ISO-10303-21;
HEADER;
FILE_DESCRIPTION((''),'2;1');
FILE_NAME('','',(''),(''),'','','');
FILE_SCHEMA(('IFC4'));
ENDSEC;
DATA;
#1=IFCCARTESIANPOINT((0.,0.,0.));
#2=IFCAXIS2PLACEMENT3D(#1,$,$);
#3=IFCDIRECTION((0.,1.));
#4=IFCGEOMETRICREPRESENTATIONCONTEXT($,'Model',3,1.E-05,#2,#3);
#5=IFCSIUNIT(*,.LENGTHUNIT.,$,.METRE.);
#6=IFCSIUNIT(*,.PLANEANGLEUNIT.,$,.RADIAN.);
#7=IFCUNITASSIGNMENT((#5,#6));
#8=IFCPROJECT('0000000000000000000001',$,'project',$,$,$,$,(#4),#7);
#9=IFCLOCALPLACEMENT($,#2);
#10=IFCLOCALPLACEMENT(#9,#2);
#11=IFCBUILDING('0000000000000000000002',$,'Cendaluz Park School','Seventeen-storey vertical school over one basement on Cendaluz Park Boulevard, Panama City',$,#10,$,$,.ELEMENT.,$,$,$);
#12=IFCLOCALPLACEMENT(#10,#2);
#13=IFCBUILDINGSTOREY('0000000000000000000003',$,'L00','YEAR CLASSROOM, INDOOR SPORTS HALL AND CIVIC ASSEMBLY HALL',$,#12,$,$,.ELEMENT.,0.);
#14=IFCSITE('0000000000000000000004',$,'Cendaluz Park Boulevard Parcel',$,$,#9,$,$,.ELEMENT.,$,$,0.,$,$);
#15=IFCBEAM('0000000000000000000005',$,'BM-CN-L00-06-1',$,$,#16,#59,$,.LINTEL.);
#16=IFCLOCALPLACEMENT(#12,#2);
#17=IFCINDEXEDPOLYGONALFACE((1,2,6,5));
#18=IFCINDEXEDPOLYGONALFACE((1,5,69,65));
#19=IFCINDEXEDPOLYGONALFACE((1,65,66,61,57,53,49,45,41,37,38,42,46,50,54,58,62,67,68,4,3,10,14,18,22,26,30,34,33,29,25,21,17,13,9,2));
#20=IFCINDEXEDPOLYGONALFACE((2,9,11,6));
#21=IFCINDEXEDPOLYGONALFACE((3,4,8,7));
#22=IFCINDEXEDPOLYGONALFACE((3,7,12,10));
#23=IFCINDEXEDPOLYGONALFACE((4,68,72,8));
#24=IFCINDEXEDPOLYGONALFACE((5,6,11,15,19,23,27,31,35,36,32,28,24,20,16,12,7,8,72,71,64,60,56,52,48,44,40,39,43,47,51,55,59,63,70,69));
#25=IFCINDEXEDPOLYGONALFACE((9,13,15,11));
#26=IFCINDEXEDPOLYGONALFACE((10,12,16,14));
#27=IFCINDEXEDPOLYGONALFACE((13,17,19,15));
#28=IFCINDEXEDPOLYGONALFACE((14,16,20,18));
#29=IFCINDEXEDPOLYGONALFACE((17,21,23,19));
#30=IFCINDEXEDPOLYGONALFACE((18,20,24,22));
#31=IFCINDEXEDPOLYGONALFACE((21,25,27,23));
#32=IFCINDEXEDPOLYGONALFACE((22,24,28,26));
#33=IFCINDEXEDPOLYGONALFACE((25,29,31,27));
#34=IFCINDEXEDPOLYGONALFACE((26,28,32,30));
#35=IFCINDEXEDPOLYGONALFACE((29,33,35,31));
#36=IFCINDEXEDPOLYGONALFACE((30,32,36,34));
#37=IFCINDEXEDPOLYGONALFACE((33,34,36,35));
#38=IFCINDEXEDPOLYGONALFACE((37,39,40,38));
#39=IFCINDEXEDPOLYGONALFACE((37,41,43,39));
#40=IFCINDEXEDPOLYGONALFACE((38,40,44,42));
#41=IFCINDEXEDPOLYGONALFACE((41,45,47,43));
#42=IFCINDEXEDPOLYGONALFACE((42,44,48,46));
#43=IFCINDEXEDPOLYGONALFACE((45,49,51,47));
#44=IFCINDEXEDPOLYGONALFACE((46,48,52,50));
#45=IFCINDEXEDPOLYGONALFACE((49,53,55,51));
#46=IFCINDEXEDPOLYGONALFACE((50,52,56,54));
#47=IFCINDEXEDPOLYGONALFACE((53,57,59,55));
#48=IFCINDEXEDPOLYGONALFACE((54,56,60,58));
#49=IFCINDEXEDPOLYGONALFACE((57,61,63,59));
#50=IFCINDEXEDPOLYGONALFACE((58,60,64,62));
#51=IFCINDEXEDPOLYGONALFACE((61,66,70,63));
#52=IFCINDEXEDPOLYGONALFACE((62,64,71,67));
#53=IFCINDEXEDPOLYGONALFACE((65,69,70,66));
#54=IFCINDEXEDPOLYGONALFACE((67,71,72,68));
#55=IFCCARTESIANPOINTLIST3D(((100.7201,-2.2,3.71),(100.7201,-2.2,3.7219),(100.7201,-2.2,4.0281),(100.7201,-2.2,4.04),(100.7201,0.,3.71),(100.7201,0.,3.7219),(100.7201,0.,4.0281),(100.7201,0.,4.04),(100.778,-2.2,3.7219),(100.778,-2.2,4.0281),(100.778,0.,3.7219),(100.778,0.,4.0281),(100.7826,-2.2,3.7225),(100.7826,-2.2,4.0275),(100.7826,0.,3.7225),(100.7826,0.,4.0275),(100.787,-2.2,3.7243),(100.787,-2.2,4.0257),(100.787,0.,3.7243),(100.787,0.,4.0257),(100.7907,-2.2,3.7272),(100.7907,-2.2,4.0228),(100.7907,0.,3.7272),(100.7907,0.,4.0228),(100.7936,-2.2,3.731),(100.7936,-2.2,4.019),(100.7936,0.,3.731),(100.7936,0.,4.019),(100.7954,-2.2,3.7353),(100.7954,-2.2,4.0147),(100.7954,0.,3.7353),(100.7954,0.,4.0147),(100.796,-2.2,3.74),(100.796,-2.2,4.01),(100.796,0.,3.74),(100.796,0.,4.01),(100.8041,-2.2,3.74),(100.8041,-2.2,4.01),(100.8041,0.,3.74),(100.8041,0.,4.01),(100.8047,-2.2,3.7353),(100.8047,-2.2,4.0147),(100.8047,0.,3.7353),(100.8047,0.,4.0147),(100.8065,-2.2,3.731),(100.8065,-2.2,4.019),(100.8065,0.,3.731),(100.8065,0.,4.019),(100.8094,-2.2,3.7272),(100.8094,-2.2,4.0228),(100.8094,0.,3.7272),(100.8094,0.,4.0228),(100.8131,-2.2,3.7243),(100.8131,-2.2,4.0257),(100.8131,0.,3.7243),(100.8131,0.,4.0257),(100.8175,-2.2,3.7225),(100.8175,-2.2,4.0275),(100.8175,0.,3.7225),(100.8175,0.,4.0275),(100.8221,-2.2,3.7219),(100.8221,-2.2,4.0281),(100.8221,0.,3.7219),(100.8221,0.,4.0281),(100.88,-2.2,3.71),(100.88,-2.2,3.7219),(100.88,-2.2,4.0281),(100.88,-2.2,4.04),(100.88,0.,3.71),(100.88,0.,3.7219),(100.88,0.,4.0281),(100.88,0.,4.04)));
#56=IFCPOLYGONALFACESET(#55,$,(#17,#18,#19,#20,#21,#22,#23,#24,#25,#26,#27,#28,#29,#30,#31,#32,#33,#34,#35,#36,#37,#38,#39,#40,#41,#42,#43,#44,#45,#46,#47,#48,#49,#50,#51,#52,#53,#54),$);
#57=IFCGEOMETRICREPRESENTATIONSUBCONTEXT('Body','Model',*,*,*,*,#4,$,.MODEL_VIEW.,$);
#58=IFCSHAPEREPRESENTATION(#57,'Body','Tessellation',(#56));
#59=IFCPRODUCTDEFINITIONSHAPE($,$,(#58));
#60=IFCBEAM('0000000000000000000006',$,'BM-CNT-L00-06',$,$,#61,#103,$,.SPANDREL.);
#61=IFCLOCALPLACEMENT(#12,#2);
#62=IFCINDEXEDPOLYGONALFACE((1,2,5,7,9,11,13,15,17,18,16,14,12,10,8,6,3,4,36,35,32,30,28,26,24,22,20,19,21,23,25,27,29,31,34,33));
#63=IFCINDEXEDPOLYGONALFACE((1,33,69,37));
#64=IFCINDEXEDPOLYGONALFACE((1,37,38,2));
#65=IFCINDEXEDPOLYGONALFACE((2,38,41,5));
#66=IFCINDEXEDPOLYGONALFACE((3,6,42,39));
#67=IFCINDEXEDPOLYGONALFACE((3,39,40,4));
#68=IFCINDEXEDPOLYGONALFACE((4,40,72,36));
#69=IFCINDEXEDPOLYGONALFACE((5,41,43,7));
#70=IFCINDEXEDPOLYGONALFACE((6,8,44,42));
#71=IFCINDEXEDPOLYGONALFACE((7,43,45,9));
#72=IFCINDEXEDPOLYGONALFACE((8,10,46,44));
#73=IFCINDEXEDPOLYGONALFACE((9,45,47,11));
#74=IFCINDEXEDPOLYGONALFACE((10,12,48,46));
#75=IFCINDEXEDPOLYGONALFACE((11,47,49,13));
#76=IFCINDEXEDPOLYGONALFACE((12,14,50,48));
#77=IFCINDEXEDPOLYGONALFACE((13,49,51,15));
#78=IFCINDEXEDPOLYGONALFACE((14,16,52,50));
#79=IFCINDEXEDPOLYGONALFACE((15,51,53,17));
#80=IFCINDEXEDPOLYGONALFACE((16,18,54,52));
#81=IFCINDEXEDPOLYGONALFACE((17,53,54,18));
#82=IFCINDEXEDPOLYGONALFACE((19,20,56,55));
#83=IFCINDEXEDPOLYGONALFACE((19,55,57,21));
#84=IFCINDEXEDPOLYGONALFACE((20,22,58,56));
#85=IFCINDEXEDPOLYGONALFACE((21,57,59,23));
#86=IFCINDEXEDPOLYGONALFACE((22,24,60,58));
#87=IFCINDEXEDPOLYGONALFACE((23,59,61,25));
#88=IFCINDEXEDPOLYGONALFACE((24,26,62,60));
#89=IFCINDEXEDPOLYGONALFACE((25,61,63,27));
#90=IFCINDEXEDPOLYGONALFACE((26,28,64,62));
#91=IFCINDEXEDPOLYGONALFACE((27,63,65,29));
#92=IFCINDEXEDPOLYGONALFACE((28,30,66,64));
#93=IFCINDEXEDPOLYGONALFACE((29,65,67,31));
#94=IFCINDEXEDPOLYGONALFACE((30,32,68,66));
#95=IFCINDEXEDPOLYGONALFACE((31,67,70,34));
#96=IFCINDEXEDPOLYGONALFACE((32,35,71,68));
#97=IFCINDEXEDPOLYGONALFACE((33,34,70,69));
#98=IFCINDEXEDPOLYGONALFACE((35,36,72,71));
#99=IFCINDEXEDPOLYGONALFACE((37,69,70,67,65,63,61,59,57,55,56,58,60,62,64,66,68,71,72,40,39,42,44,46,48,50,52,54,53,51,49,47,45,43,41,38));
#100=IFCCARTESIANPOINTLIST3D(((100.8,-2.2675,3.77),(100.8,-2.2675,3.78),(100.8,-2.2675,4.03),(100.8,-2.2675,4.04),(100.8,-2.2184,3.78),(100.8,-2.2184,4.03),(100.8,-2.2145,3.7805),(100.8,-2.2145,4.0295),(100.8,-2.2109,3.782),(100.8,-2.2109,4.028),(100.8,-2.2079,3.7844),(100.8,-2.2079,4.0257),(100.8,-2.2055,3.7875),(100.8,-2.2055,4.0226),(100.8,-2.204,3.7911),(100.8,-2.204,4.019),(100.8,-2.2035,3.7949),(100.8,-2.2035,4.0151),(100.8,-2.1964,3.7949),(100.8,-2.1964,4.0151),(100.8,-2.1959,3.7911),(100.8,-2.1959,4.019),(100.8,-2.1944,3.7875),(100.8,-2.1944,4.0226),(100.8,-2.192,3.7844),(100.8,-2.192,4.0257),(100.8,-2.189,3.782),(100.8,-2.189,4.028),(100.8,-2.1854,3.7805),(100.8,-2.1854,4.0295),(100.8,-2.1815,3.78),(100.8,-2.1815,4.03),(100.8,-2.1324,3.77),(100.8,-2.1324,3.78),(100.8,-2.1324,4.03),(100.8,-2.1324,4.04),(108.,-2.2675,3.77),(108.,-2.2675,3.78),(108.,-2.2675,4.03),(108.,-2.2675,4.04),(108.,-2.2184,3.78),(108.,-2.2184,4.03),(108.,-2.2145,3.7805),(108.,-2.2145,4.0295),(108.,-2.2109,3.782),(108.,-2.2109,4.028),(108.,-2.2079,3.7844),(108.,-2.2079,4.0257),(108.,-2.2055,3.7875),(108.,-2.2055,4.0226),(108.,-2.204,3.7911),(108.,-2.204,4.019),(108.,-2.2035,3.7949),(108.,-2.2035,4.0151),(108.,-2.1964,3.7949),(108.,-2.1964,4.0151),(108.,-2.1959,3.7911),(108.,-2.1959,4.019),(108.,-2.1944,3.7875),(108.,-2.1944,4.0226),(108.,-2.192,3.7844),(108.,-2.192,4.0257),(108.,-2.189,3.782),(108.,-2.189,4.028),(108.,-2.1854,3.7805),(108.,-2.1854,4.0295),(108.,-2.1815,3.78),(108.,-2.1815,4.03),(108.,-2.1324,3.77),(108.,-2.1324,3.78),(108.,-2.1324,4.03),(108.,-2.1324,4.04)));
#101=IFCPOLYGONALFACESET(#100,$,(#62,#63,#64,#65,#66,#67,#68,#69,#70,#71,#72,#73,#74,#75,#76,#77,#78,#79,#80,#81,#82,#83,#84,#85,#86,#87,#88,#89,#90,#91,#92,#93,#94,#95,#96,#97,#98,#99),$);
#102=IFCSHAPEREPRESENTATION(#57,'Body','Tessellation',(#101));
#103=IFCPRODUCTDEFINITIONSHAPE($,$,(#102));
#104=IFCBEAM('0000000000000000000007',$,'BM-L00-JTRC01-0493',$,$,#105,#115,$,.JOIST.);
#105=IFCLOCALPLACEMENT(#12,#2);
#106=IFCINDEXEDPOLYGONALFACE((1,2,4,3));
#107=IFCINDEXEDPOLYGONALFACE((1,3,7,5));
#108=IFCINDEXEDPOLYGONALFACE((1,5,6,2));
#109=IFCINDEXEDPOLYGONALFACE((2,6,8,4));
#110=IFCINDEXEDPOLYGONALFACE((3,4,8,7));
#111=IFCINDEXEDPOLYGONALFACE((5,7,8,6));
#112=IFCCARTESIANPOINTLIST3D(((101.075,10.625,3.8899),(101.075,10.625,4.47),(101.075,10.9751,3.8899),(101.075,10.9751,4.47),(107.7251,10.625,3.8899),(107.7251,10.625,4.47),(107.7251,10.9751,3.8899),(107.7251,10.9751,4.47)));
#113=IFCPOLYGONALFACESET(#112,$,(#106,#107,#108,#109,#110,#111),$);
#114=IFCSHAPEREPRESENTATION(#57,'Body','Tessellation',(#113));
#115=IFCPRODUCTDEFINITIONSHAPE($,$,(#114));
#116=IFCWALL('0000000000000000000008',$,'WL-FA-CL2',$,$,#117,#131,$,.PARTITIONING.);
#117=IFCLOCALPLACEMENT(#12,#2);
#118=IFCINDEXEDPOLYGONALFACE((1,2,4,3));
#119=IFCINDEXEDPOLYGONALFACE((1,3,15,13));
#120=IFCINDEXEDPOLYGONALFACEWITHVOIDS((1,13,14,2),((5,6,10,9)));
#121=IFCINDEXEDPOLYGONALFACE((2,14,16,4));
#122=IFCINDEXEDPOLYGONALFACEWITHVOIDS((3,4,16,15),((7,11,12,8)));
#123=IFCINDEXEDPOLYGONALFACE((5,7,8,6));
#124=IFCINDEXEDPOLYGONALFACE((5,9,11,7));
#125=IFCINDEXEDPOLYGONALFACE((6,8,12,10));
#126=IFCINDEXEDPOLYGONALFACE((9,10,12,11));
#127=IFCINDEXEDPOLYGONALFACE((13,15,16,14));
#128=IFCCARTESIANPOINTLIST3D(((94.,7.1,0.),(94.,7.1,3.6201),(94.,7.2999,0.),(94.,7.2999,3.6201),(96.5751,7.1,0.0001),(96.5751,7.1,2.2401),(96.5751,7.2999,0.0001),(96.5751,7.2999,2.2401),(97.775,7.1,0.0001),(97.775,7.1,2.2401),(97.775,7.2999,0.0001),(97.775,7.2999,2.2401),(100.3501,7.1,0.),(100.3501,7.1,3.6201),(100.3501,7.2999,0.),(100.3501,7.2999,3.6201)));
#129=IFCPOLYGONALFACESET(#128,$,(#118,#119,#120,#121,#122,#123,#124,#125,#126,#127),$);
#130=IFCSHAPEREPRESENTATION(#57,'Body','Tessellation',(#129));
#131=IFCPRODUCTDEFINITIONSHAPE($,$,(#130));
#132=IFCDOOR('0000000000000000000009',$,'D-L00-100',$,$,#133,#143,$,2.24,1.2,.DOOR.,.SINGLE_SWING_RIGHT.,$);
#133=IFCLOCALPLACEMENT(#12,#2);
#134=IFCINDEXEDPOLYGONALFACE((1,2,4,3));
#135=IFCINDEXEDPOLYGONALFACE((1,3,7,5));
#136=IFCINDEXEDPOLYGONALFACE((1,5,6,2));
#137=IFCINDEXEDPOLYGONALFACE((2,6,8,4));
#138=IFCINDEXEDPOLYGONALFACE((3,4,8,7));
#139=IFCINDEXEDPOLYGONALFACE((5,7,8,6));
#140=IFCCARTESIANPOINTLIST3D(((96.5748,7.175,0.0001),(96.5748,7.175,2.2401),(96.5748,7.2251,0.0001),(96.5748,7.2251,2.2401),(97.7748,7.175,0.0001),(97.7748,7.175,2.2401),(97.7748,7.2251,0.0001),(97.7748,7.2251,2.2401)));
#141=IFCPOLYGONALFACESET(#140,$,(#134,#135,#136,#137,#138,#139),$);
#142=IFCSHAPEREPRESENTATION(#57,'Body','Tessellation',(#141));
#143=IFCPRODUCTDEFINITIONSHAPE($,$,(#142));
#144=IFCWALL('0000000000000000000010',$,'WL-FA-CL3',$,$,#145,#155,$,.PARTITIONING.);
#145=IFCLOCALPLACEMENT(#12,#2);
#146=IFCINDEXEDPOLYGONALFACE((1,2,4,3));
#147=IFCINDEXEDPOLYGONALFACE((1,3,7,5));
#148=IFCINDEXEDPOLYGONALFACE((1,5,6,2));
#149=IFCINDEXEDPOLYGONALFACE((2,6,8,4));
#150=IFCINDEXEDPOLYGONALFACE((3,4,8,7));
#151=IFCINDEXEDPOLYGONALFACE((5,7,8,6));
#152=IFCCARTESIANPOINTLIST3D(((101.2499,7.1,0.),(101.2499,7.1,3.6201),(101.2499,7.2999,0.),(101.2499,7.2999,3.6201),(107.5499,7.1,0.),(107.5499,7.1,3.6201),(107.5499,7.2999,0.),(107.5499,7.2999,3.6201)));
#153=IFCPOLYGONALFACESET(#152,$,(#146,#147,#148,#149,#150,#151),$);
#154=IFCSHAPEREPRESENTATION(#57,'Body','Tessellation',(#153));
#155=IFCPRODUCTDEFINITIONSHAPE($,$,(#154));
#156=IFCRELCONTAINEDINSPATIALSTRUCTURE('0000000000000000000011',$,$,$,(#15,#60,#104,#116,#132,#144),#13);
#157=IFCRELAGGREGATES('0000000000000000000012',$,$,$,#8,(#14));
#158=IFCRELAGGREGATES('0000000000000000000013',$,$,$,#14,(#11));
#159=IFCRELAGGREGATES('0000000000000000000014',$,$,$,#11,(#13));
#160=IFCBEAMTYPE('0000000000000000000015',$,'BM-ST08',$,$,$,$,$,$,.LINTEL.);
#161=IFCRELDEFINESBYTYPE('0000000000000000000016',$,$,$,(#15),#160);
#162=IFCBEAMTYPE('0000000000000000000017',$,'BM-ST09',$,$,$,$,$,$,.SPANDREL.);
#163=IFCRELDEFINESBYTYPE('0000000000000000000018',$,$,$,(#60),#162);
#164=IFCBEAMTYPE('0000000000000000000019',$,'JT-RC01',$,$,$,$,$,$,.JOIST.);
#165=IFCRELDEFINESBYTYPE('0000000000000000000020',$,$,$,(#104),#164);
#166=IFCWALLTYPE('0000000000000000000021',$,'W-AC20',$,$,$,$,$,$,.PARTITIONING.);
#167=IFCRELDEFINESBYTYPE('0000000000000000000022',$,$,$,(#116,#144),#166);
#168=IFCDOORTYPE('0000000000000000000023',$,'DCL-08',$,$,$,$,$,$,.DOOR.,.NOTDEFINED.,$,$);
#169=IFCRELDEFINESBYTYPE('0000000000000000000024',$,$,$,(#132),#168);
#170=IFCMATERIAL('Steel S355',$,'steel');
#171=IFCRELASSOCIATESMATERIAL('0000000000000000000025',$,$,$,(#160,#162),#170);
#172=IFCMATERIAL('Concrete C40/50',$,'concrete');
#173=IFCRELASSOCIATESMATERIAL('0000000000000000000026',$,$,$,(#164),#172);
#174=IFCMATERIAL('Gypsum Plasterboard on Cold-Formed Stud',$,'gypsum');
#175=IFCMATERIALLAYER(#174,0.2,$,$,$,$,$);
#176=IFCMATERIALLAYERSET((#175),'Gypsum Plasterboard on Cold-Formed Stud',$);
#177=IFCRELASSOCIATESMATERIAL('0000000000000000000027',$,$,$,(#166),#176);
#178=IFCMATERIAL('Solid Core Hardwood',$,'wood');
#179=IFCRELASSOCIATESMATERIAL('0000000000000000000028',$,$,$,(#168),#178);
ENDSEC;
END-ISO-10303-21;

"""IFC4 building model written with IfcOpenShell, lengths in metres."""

from ifc_helpers import new_model, si_unit, direction, frame, frame_2d, origin, origin_2d, place, context, subcontext, project, spatial, rectangle, i_section, extrude, material, layer, layer_set, material_profile, profile_set, type_object, element, fill, save


model = new_model("IFC4")

# Units and contexts
model_context = context("Model", 3, precision=1e-05, world=origin(), true_north=direction((0.0, 1.0)))
body_context = subcontext(model_context, "Body", "Model", "MODEL_VIEW")
ifc_project = project(units=[si_unit("LENGTHUNIT", "METRE"), si_unit("PLANEANGLEUNIT", "RADIAN")], contexts=[model_context])

# Site, building, storey
site_placement = place(None, origin())
site = spatial("IfcSite", under=ifc_project, at=site_placement, Name="Cendaluz Park Boulevard Parcel", CompositionType="ELEMENT", RefElevation=0.0)
building_placement = place(site_placement, origin())
building = spatial("IfcBuilding", under=site, at=building_placement, Name="Cendaluz Park School", Description="Seventeen-storey vertical school over one basement on Cendaluz Park Boulevard, Panama City", CompositionType="ELEMENT")
storey_placement = place(building_placement, origin())
storey = spatial("IfcBuildingStorey", under=building, at=storey_placement, Name="L00", Description="YEAR CLASSROOM, INDOOR SPORTS HALL AND CIVIC ASSEMBLY HALL", CompositionType="ELEMENT", Elevation=0.0)

# Shared definitions
ifc_material_1 = material(Name="Concrete C40/50", Category="concrete")

# Beams
ifc_material_2 = material(Name="Steel S355", Category="steel")
ifc_material_profile_1 = material_profile(ifc_material_2, i_section(OverallWidth=0.1599, OverallDepth=0.3301, WebThickness=0.0081, FlangeThickness=0.012, FilletRadius=0.0181, at=origin_2d()), Name="IPE 330", Category="steel")
ifc_profile_set_1 = profile_set([ifc_material_profile_1], Name="Steel S355")
beam_type_1 = type_object("IfcBeamType", Name="BM-ST08", PredefinedType="LINTEL", material=ifc_profile_set_1)
beam_1_placement = place(storey_placement, frame((100.8, 0.0, 3.875), z_axis=(0.0, -1.0, 0.0), x_axis=(1.0, 0.0, 0.0)))
element("IfcBeam", 1, at=beam_1_placement, inside=storey, type_object=beam_type_1, Name="BM-CN-L00-06-1", PredefinedType="LINTEL", context=body_context, shape_type="SweptSolid", body=[
    extrude(i_section(OverallWidth=0.1599, OverallDepth=0.3301, WebThickness=0.0081, FlangeThickness=0.012, FilletRadius=0.0181, at=origin_2d()), origin(), (0.0, 0.0, 1.0), 2.2),
])
ifc_material_profile_2 = material_profile(ifc_material_2, i_section(OverallWidth=0.135, OverallDepth=0.27, WebThickness=0.0071, FlangeThickness=0.01, FilletRadius=0.0149, at=origin_2d()), Name="IPE 270", Category="steel")
ifc_profile_set_2 = profile_set([ifc_material_profile_2], Name="Steel S355")
beam_type_2 = type_object("IfcBeamType", Name="BM-ST09", PredefinedType="SPANDREL", material=ifc_profile_set_2)
beam_2_placement = place(storey_placement, frame((100.8, -2.2, 3.905), z_axis=(1.0, 0.0, 0.0), x_axis=(0.0, 1.0, 0.0)))
element("IfcBeam", 2, at=beam_2_placement, inside=storey, type_object=beam_type_2, Name="BM-CNT-L00-06", PredefinedType="SPANDREL", context=body_context, shape_type="SweptSolid", body=[
    extrude(i_section(OverallWidth=0.135, OverallDepth=0.27, WebThickness=0.0071, FlangeThickness=0.01, FilletRadius=0.0149, at=origin_2d()), origin(), (0.0, 0.0, 1.0), 7.2),
])
ifc_material_profile_3 = material_profile(ifc_material_1, rectangle(XDim=0.3501, YDim=0.5801, at=origin_2d()), Name="RC 350x580", Category="concrete")
ifc_profile_set_3 = profile_set([ifc_material_profile_3], Name="Concrete C40/50")
beam_type_3 = type_object("IfcBeamType", Name="JT-RC01", PredefinedType="JOIST", material=ifc_profile_set_3)
beam_3_placement = place(storey_placement, frame((101.075, 10.8, 4.1799), z_axis=(1.0, 0.0, 0.0), x_axis=(0.0, 1.0, 0.0)))
element("IfcBeam", 3, at=beam_3_placement, inside=storey, type_object=beam_type_3, Name="BM-L00-JTRC01-0493", PredefinedType="JOIST", context=body_context, shape_type="SweptSolid", body=[
    extrude(rectangle(XDim=0.3501, YDim=0.5801, at=origin_2d()), origin(), (0.0, 0.0, 1.0), 6.6501),
])

# Wall, opening, door
ifc_material_3 = material(Name="Gypsum Plasterboard on Cold-Formed Stud", Category="gypsum")
ifc_layer_1 = layer(ifc_material_3, 0.2)
ifc_layer_set_1 = layer_set([ifc_layer_1], Name="Gypsum Plasterboard on Cold-Formed Stud")
wall_type_1 = type_object("IfcWallType", Name="W-AC20", PredefinedType="PARTITIONING", material=ifc_layer_set_1)
wall_1_placement = place(storey_placement, frame((94.0, 7.2, 0.0), z_axis=(0.0, 0.0, 1.0), x_axis=(1.0, 0.0, 0.0)))
wall_1 = element("IfcWall", 4, at=wall_1_placement, inside=storey, type_object=wall_type_1, Name="WL-FA-CL2", PredefinedType="PARTITIONING", context=body_context, shape_type="SweptSolid", body=[
    extrude(rectangle(XDim=6.3501, YDim=0.2, at=frame_2d((3.175, 0.0))), origin(), (0.0, 0.0, 1.0), 3.6201),
])
opening_1_placement = place(wall_1_placement, frame((2.575, 0.0, 0.0)))
opening_1 = element("IfcOpeningElement", 5, at=opening_1_placement, cuts=wall_1, PredefinedType="OPENING", context=body_context, shape_type="SweptSolid", body=[
    extrude(rectangle(XDim=1.2, YDim=2.24, at=frame_2d((0.6001, 1.1201))), frame((0.0, 0.1121, 0.0), z_axis=(0.0, -1.0, 0.0), x_axis=(1.0, 0.0, 0.0)), (0.0, 0.0, 1.0), 0.2239),
])
ifc_material_4 = material(Name="Solid Core Hardwood", Category="wood")
door_type_1 = type_object("IfcDoorType", Name="DCL-08", OperationType="NOTDEFINED", PredefinedType="DOOR", material=ifc_material_4)
door_1_placement = place(opening_1_placement, frame((1.2, 0.0, 0.0), z_axis=(0.0, 0.0, 1.0), x_axis=(-1.0, 0.0, 0.0)))
door_1 = element("IfcDoor", 6, at=door_1_placement, inside=storey, type_object=door_type_1, Name="D-L00-100", OperationType="SINGLE_SWING_RIGHT", OverallHeight=2.24, OverallWidth=1.2, PredefinedType="DOOR", context=body_context, shape_type="SweptSolid", body=[
    extrude(rectangle(XDim=1.2, YDim=2.24, at=frame_2d((0.6001, 1.1201))), frame((0.0, 0.0249, 0.0), z_axis=(0.0, -1.0, 0.0), x_axis=(1.0, 0.0, 0.0)), (0.0, 0.0, 1.0), 0.05),
])
fill(opening_1, door_1)

# Wall
wall_2_placement = place(storey_placement, frame((101.25, 7.2, 0.0), z_axis=(0.0, 0.0, 1.0), x_axis=(1.0, 0.0, 0.0)))
element("IfcWall", 7, at=wall_2_placement, inside=storey, type_object=wall_type_1, Name="WL-FA-CL3", PredefinedType="PARTITIONING", context=body_context, shape_type="SweptSolid", body=[
    extrude(rectangle(XDim=6.3, YDim=0.2, at=frame_2d((3.1499, 0.0))), origin(), (0.0, 0.0, 1.0), 3.6201),
])

save(model, "model.ifc")
